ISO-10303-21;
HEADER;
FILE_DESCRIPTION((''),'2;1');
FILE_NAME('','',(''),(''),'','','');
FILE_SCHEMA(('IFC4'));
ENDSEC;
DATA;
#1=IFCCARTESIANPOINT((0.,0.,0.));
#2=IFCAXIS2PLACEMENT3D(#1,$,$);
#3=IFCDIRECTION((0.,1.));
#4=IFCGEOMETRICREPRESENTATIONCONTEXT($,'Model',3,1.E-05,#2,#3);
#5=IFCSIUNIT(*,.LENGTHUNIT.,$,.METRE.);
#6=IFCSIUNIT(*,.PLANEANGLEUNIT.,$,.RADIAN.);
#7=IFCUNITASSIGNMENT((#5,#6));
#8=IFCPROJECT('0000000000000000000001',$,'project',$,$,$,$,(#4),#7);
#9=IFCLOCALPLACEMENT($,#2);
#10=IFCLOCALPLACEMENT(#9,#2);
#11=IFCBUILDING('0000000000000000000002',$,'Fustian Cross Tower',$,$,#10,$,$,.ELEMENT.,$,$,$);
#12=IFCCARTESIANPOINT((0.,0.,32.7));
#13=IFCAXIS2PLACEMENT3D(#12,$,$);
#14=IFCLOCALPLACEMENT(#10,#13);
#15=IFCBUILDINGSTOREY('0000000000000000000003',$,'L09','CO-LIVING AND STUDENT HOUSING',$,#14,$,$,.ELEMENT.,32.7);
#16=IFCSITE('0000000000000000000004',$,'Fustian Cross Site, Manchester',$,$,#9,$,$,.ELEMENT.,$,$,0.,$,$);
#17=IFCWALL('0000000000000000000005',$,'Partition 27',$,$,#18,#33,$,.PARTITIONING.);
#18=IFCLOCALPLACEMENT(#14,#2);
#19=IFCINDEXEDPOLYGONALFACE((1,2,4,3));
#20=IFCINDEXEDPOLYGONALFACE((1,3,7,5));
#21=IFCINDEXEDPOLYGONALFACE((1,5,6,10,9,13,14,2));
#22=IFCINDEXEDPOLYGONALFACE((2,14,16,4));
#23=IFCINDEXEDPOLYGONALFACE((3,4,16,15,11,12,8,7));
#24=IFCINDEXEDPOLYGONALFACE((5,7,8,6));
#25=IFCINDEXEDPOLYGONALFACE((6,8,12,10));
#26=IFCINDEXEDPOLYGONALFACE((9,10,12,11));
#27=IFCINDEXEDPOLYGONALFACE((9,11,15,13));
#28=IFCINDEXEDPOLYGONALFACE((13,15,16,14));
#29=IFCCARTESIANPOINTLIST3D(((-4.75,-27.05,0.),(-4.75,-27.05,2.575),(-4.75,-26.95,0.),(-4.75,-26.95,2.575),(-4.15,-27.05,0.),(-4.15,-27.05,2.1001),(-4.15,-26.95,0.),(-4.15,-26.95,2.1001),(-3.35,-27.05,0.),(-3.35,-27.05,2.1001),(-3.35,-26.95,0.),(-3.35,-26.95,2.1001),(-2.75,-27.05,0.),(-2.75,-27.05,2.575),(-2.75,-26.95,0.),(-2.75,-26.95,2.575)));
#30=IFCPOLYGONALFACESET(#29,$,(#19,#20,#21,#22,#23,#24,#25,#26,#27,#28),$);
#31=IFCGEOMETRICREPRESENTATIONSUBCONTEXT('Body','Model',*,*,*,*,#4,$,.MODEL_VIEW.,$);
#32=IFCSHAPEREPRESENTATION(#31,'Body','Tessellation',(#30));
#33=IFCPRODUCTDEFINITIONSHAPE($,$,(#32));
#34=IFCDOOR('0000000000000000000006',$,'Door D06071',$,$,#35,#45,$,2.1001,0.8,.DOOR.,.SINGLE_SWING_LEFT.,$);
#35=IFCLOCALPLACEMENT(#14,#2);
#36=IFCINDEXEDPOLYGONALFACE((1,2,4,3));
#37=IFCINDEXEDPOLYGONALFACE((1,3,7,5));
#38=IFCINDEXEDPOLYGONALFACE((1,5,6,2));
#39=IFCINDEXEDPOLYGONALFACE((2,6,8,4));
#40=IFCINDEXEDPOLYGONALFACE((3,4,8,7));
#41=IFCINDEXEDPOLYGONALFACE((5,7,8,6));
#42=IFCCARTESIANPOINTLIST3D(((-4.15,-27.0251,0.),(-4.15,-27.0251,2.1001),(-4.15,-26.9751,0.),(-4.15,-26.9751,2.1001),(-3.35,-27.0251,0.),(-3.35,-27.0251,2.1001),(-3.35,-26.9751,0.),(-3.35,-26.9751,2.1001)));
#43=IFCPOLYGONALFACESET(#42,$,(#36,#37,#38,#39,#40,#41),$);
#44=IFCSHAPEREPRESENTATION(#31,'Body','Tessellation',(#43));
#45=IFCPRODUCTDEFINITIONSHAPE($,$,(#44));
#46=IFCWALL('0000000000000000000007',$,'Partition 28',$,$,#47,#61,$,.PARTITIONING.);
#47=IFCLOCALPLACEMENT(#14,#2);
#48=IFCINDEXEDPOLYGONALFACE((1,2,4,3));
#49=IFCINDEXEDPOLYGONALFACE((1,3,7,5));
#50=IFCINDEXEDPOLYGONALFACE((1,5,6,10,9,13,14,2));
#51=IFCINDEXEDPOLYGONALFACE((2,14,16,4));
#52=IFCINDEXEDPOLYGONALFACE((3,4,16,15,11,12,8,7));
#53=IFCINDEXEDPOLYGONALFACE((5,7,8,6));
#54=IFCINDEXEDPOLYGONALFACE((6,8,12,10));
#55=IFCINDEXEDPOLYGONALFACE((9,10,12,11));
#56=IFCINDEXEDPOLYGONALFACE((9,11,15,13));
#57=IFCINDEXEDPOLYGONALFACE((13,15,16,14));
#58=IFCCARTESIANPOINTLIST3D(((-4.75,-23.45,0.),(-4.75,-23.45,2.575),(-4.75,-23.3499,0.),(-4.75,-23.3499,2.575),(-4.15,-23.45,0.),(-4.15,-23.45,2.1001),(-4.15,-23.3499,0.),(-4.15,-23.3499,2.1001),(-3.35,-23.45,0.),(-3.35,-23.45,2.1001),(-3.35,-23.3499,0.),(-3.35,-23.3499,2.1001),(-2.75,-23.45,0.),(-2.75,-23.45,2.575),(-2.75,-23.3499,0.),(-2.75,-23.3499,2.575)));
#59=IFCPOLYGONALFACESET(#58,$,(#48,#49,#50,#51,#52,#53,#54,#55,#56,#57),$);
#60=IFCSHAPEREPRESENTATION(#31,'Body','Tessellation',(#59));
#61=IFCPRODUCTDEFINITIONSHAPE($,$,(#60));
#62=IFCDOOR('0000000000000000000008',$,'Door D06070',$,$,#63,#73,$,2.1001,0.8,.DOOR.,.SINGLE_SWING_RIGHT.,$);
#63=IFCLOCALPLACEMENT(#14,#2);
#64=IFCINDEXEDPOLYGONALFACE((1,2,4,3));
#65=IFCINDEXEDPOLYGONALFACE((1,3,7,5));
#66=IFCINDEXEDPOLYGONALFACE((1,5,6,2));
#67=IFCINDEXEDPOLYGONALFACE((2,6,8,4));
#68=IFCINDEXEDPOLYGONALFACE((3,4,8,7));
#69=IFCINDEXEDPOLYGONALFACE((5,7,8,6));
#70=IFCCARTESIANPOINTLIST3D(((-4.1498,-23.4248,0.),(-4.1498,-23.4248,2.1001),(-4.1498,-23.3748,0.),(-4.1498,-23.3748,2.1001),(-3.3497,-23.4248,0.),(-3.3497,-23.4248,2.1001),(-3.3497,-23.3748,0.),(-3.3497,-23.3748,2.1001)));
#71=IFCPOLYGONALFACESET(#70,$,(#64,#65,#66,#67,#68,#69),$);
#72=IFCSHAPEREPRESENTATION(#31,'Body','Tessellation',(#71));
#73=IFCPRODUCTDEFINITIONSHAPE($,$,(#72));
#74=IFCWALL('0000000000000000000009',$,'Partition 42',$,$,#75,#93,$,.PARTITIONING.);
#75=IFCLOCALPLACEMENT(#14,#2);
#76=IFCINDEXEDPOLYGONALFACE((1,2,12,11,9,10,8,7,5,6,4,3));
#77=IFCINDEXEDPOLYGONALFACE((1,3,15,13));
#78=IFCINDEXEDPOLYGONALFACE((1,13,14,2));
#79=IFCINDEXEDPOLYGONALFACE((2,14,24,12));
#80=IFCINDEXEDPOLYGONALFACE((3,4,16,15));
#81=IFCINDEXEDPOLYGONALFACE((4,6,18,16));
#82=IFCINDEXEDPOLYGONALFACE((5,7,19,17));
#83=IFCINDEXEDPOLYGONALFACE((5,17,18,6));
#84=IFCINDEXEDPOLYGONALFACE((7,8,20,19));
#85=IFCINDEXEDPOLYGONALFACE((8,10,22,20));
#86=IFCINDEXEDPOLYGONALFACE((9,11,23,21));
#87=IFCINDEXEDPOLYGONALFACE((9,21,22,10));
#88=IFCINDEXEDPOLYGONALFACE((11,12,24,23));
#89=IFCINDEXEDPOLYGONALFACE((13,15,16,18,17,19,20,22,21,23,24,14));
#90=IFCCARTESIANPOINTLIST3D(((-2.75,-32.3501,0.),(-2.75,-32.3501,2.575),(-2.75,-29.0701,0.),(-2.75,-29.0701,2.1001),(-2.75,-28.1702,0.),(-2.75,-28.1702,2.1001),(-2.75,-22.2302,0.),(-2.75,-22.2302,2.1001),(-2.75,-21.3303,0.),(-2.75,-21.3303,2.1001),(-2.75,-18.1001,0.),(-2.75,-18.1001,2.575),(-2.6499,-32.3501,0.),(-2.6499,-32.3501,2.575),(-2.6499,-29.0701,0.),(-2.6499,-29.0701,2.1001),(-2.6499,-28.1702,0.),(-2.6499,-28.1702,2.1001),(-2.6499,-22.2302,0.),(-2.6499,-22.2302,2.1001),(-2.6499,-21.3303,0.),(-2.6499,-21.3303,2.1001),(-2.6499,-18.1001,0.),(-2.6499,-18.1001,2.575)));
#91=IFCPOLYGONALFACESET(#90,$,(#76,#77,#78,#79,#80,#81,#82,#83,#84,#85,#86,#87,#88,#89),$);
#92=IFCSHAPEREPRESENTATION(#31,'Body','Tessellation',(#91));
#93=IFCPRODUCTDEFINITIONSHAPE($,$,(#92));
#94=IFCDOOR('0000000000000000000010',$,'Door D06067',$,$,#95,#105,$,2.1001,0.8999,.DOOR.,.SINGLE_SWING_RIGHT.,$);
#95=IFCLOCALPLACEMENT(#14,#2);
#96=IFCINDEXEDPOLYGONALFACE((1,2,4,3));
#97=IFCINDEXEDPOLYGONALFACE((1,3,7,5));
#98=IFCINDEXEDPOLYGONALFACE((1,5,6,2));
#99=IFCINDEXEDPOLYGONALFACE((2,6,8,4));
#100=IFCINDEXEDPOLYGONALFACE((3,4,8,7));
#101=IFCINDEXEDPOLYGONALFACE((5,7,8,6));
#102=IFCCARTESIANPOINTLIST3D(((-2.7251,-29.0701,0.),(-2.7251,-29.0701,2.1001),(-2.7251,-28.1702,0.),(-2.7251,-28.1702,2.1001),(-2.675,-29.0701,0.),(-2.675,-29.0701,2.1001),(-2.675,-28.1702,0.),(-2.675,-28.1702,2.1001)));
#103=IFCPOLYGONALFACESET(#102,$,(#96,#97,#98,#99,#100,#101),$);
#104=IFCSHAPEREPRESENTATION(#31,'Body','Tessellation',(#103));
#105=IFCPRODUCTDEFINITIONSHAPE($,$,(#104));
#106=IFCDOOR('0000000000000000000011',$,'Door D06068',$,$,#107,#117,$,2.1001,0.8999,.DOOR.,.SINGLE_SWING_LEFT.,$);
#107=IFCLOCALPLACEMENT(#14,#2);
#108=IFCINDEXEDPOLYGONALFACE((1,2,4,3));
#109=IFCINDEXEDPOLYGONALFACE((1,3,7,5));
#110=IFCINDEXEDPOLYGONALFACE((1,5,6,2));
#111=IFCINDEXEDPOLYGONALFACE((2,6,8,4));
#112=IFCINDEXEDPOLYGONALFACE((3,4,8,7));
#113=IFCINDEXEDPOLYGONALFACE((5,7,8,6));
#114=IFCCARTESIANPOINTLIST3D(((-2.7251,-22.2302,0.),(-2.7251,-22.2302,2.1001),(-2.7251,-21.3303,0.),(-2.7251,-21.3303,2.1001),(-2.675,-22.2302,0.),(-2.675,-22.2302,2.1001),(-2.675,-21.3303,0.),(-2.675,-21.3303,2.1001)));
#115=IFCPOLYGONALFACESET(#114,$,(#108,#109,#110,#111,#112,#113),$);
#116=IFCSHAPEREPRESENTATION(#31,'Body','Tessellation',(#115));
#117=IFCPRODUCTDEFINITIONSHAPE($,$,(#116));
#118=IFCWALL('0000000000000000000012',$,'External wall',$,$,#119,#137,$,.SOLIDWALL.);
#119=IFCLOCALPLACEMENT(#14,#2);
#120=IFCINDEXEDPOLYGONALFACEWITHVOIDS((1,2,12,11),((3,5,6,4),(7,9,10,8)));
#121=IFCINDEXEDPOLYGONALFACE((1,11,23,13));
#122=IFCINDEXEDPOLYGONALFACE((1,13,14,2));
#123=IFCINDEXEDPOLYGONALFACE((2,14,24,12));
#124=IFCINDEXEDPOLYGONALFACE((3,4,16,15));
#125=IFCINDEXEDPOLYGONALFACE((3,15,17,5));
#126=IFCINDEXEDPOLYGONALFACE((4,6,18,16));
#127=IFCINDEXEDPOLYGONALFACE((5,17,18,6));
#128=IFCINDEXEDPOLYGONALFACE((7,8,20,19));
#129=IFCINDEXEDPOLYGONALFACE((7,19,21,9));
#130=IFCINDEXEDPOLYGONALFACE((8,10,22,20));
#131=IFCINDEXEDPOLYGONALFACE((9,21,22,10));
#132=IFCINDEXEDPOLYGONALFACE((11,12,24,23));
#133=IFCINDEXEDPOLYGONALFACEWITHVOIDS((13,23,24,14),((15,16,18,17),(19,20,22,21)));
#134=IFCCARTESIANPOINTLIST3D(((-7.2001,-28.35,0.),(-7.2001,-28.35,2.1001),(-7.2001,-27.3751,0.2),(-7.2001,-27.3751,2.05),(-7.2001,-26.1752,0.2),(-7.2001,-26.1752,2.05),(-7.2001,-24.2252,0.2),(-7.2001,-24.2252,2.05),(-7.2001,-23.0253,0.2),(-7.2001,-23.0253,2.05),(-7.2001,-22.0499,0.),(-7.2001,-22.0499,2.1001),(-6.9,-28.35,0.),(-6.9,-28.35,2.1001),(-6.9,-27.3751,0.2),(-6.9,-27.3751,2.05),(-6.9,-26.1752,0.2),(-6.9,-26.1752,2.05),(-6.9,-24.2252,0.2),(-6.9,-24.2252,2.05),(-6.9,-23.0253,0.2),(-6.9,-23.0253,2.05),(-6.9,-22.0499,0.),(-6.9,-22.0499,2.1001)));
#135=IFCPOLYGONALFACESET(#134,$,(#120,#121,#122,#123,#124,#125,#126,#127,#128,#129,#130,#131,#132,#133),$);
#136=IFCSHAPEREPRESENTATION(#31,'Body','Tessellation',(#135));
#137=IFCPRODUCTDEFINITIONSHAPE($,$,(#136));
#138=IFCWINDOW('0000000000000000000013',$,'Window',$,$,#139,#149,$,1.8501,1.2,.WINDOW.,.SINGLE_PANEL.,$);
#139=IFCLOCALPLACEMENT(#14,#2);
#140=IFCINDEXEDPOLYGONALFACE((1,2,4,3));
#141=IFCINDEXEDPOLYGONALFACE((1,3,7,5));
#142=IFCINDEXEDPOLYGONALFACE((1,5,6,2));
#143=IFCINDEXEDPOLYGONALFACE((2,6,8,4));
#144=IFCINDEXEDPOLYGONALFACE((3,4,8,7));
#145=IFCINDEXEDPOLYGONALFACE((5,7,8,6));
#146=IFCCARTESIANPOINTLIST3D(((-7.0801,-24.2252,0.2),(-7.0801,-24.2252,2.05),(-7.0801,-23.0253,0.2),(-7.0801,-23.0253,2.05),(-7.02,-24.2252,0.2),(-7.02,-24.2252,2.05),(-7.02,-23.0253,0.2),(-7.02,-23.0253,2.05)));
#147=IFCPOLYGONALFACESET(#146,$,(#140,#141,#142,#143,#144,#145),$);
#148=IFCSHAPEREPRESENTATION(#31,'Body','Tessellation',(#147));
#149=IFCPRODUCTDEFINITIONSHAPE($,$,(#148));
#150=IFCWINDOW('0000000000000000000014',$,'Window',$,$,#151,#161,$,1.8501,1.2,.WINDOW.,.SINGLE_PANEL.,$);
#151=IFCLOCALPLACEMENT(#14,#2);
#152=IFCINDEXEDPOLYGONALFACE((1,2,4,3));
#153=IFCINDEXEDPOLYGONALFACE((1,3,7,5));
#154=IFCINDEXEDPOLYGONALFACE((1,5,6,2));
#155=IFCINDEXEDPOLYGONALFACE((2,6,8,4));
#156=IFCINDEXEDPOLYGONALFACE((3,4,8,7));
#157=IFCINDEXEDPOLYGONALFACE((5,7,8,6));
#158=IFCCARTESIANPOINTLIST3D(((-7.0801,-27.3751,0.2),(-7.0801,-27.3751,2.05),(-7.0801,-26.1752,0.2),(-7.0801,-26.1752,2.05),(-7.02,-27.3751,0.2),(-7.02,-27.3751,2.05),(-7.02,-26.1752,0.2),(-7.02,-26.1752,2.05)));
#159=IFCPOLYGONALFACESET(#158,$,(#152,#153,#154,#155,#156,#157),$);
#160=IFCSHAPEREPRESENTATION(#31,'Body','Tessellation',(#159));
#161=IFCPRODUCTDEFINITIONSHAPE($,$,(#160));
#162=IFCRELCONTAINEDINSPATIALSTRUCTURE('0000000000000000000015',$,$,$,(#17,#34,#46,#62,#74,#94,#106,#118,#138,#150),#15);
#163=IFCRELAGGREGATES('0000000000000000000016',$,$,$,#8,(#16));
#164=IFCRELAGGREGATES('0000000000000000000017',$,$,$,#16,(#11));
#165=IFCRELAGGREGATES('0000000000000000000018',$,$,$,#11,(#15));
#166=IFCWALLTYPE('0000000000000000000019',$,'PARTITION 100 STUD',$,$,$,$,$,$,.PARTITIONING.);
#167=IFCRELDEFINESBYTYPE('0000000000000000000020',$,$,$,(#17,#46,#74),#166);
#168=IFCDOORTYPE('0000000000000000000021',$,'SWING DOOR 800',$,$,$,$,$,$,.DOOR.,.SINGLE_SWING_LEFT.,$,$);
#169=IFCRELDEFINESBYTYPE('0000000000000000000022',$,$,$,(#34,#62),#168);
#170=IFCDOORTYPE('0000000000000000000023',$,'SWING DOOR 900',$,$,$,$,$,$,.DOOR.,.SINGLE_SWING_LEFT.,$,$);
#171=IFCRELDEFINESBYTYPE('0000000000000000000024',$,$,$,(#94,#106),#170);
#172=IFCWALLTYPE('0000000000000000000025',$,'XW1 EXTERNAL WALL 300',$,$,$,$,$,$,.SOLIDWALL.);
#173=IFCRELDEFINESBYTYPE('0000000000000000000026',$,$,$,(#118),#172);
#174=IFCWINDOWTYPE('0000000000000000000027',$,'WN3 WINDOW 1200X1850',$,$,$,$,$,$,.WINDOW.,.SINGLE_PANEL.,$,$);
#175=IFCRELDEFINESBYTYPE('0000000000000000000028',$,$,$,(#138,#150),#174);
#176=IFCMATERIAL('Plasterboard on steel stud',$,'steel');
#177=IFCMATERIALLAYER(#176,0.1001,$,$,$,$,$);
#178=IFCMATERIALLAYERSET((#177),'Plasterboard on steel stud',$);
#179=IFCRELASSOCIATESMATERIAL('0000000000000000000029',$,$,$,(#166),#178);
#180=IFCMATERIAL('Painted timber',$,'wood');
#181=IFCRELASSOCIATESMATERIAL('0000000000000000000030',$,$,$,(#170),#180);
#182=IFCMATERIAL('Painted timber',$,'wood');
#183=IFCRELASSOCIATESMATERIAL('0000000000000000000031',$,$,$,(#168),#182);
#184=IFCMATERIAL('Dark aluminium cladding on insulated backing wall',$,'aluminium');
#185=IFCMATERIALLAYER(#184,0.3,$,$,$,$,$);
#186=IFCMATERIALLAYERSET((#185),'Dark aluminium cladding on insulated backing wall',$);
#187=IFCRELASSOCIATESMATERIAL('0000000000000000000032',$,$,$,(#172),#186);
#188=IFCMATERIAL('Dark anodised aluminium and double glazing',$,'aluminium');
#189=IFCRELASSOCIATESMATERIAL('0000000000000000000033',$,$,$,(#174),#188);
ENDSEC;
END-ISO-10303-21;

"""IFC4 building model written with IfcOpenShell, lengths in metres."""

from ifc_helpers import new_model, si_unit, direction, frame, frame_2d, origin, place, context, subcontext, project, spatial, rectangle, extrude, material, layer, layer_set, type_object, element, fill, save


model = new_model("IFC4")

# Units and contexts
model_context = context("Model", 3, precision=1e-05, world=origin(), true_north=direction((0.0, 1.0)))
body_context = subcontext(model_context, "Body", "Model", "MODEL_VIEW")
ifc_project = project(units=[si_unit("LENGTHUNIT", "METRE"), si_unit("PLANEANGLEUNIT", "RADIAN")], contexts=[model_context])

# Site, building, storey
site_placement = place(None, origin())
site = spatial("IfcSite", under=ifc_project, at=site_placement, Name="Fustian Cross Site, Manchester", CompositionType="ELEMENT", RefElevation=0.0)
building_placement = place(site_placement, origin())
building = spatial("IfcBuilding", under=site, at=building_placement, Name="Fustian Cross Tower", CompositionType="ELEMENT")
storey_placement = place(building_placement, frame((0.0, 0.0, 32.7)))
storey = spatial("IfcBuildingStorey", under=building, at=storey_placement, Name="L09", Description="CO-LIVING AND STUDENT HOUSING", CompositionType="ELEMENT", Elevation=32.7)

# Shared definitions
ifc_material_1 = material(Name="Plasterboard on steel stud", Category="steel")
ifc_layer_1 = layer(ifc_material_1, 0.1001)
ifc_layer_set_1 = layer_set([ifc_layer_1], Name="Plasterboard on steel stud")
wall_type_1 = type_object("IfcWallType", Name="PARTITION 100 STUD", PredefinedType="PARTITIONING", material=ifc_layer_set_1)

# Shared definitions
ifc_material_2 = material(Name="Painted timber", Category="wood")
door_type_1 = type_object("IfcDoorType", Name="SWING DOOR 900", OperationType="SINGLE_SWING_LEFT", PredefinedType="DOOR", material=ifc_material_2)

# Shared definitions
ifc_material_3 = material(Name="Painted timber", Category="wood")
door_type_2 = type_object("IfcDoorType", Name="SWING DOOR 800", OperationType="SINGLE_SWING_LEFT", PredefinedType="DOOR", material=ifc_material_3)

# Walls, openings, doors
wall_1_placement = place(storey_placement, frame((-4.75, -27.0, 0.0), z_axis=(0.0, 0.0, 1.0), x_axis=(1.0, 0.0, 0.0)))
wall_1 = element("IfcWall", 1, at=wall_1_placement, inside=storey, type_object=wall_type_1, Name="Partition 27", PredefinedType="PARTITIONING", context=body_context, shape_type="SweptSolid", body=[
    extrude(rectangle(XDim=2.0, YDim=0.1001, at=frame_2d((1.0, 0.0))), origin(), (0.0, 0.0, 1.0), 2.575),
])
opening_1_placement = place(wall_1_placement, frame((0.6001, 0.0, 0.0)))
opening_1 = element("IfcOpeningElement", 2, at=opening_1_placement, cuts=wall_1, PredefinedType="OPENING", context=body_context, shape_type="SweptSolid", body=[
    extrude(rectangle(XDim=0.8, YDim=2.1001, at=frame_2d((0.3999, 1.05))), frame((0.0, 0.0601, 0.0), z_axis=(0.0, -1.0, 0.0), x_axis=(1.0, 0.0, 0.0)), (0.0, 0.0, 1.0), 0.1201),
])
door_1_placement = place(opening_1_placement, origin())
door_1 = element("IfcDoor", 3, at=door_1_placement, inside=storey, type_object=door_type_2, Name="Door D06071", OperationType="SINGLE_SWING_LEFT", OverallHeight=2.1001, OverallWidth=0.8, PredefinedType="DOOR", context=body_context, shape_type="SweptSolid", body=[
    extrude(rectangle(XDim=0.8, YDim=2.1001, at=frame_2d((0.3999, 1.05))), frame((0.0, 0.0249, 0.0), z_axis=(0.0, -1.0, 0.0), x_axis=(1.0, 0.0, 0.0)), (0.0, 0.0, 1.0), 0.05),
])
fill(opening_1, door_1)
wall_2_placement = place(storey_placement, frame((-4.75, -23.3999, 0.0), z_axis=(0.0, 0.0, 1.0), x_axis=(1.0, 0.0, 0.0)))
wall_2 = element("IfcWall", 4, at=wall_2_placement, inside=storey, type_object=wall_type_1, Name="Partition 28", PredefinedType="PARTITIONING", context=body_context, shape_type="SweptSolid", body=[
    extrude(rectangle(XDim=2.0, YDim=0.1001, at=frame_2d((1.0, 0.0))), origin(), (0.0, 0.0, 1.0), 2.575),
])
opening_2_placement = place(wall_2_placement, frame((0.6001, 0.0, 0.0)))
opening_2 = element("IfcOpeningElement", 5, at=opening_2_placement, cuts=wall_2, PredefinedType="OPENING", context=body_context, shape_type="SweptSolid", body=[
    extrude(rectangle(XDim=0.8, YDim=2.1001, at=frame_2d((0.3999, 1.05))), frame((0.0, 0.0601, 0.0), z_axis=(0.0, -1.0, 0.0), x_axis=(1.0, 0.0, 0.0)), (0.0, 0.0, 1.0), 0.1201),
])
door_2_placement = place(opening_2_placement, frame((0.8, 0.0, 0.0), z_axis=(0.0, 0.0, 1.0), x_axis=(-1.0, 0.0, 0.0)))
door_2 = element("IfcDoor", 6, at=door_2_placement, inside=storey, type_object=door_type_2, Name="Door D06070", OperationType="SINGLE_SWING_RIGHT", OverallHeight=2.1001, OverallWidth=0.8, PredefinedType="DOOR", context=body_context, shape_type="SweptSolid", body=[
    extrude(rectangle(XDim=0.8, YDim=2.1001, at=frame_2d((0.3999, 1.05))), frame((0.0, 0.0249, 0.0), z_axis=(0.0, -1.0, 0.0), x_axis=(1.0, 0.0, 0.0)), (0.0, 0.0, 1.0), 0.05),
])
fill(opening_2, door_2)

# Wall, openings, doors
wall_3_placement = place(storey_placement, frame((-2.7, -32.3501, 0.0), z_axis=(0.0, 0.0, 1.0), x_axis=(0.0, 1.0, 0.0)))
wall_3 = element("IfcWall", 7, at=wall_3_placement, inside=storey, type_object=wall_type_1, Name="Partition 42", PredefinedType="PARTITIONING", context=body_context, shape_type="SweptSolid", body=[
    extrude(rectangle(XDim=14.25, YDim=0.1001, at=frame_2d((7.125, 0.0))), origin(), (0.0, 0.0, 1.0), 2.575),
])
opening_3_placement = place(wall_3_placement, frame((3.28, 0.0, 0.0)))
opening_3 = element("IfcOpeningElement", 8, at=opening_3_placement, cuts=wall_3, PredefinedType="OPENING", context=body_context, shape_type="SweptSolid", body=[
    extrude(rectangle(XDim=0.8999, YDim=2.1001, at=frame_2d((0.45, 1.05))), frame((0.0, 0.0601, 0.0), z_axis=(0.0, -1.0, 0.0), x_axis=(1.0, 0.0, 0.0)), (0.0, 0.0, 1.0), 0.1201),
])
opening_4_placement = place(wall_3_placement, frame((10.1199, 0.0, 0.0)))
opening_4 = element("IfcOpeningElement", 9, at=opening_4_placement, cuts=wall_3, PredefinedType="OPENING", context=body_context, shape_type="SweptSolid", body=[
    extrude(rectangle(XDim=0.8999, YDim=2.1001, at=frame_2d((0.45, 1.05))), frame((0.0, 0.0601, 0.0), z_axis=(0.0, -1.0, 0.0), x_axis=(1.0, 0.0, 0.0)), (0.0, 0.0, 1.0), 0.1201),
])
door_3_placement = place(opening_3_placement, frame((0.8999, 0.0, 0.0), z_axis=(0.0, 0.0, 1.0), x_axis=(-1.0, 0.0, 0.0)))
door_3 = element("IfcDoor", 10, at=door_3_placement, inside=storey, type_object=door_type_1, Name="Door D06067", OperationType="SINGLE_SWING_RIGHT", OverallHeight=2.1001, OverallWidth=0.8999, PredefinedType="DOOR", context=body_context, shape_type="SweptSolid", body=[
    extrude(rectangle(XDim=0.8999, YDim=2.1001, at=frame_2d((0.45, 1.05))), frame((0.0, 0.0249, 0.0), z_axis=(0.0, -1.0, 0.0), x_axis=(1.0, 0.0, 0.0)), (0.0, 0.0, 1.0), 0.05),
])
fill(opening_3, door_3)
door_4_placement = place(opening_4_placement, frame((0.8999, 0.0, 0.0), z_axis=(0.0, 0.0, 1.0), x_axis=(-1.0, 0.0, 0.0)))
door_4 = element("IfcDoor", 11, at=door_4_placement, inside=storey, type_object=door_type_1, Name="Door D06068", OperationType="SINGLE_SWING_LEFT", OverallHeight=2.1001, OverallWidth=0.8999, PredefinedType="DOOR", context=body_context, shape_type="SweptSolid", body=[
    extrude(rectangle(XDim=0.8999, YDim=2.1001, at=frame_2d((0.45, 1.05))), frame((0.0, 0.0249, 0.0), z_axis=(0.0, -1.0, 0.0), x_axis=(1.0, 0.0, 0.0)), (0.0, 0.0, 1.0), 0.05),
])
fill(opening_4, door_4)

# Wall, openings, windows
ifc_material_4 = material(Name="Dark aluminium cladding on insulated backing wall", Category="aluminium")
ifc_layer_2 = layer(ifc_material_4, 0.3)
ifc_layer_set_2 = layer_set([ifc_layer_2], Name="Dark aluminium cladding on insulated backing wall")
wall_type_2 = type_object("IfcWallType", Name="XW1 EXTERNAL WALL 300", PredefinedType="SOLIDWALL", material=ifc_layer_set_2)
wall_4_placement = place(storey_placement, frame((-7.05, -22.05, 0.0), z_axis=(0.0, 0.0, 1.0), x_axis=(0.0, -1.0, 0.0)))
wall_4 = element("IfcWall", 12, at=wall_4_placement, inside=storey, type_object=wall_type_2, Name="External wall", PredefinedType="SOLIDWALL", context=body_context, shape_type="SweptSolid", body=[
    extrude(rectangle(XDim=6.3, YDim=0.3, at=frame_2d((3.1499, 0.0))), origin(), (0.0, 0.0, 1.0), 2.1001),
])
opening_5_placement = place(wall_4_placement, frame((0.9751, 0.0, 0.2)))
opening_5 = element("IfcOpeningElement", 13, at=opening_5_placement, cuts=wall_4, PredefinedType="OPENING", context=body_context, shape_type="SweptSolid", body=[
    extrude(rectangle(XDim=1.2, YDim=1.8501, at=frame_2d((0.6001, 0.925))), frame((0.0, 0.1599, 0.0), z_axis=(0.0, -1.0, 0.0), x_axis=(1.0, 0.0, 0.0)), (0.0, 0.0, 1.0), 0.3201),
])
opening_6_placement = place(wall_4_placement, frame((4.125, 0.0, 0.2)))
opening_6 = element("IfcOpeningElement", 14, at=opening_6_placement, cuts=wall_4, PredefinedType="OPENING", context=body_context, shape_type="SweptSolid", body=[
    extrude(rectangle(XDim=1.2, YDim=1.8501, at=frame_2d((0.6001, 0.925))), frame((0.0, 0.1599, 0.0), z_axis=(0.0, -1.0, 0.0), x_axis=(1.0, 0.0, 0.0)), (0.0, 0.0, 1.0), 0.3201),
])
ifc_material_5 = material(Name="Dark anodised aluminium and double glazing", Category="aluminium")
window_type_1 = type_object("IfcWindowType", Name="WN3 WINDOW 1200X1850", PartitioningType="SINGLE_PANEL", PredefinedType="WINDOW", material=ifc_material_5)
window_1_placement = place(opening_5_placement, origin())
window_1 = element("IfcWindow", 15, at=window_1_placement, inside=storey, type_object=window_type_1, Name="Window", OverallHeight=1.8501, OverallWidth=1.2, PartitioningType="SINGLE_PANEL", PredefinedType="WINDOW", context=body_context, shape_type="SweptSolid", body=[
    extrude(rectangle(XDim=1.2, YDim=1.8501, at=frame_2d((0.6001, 0.925))), frame((0.0, 0.03, 0.0), z_axis=(0.0, -1.0, 0.0), x_axis=(1.0, 0.0, 0.0)), (0.0, 0.0, 1.0), 0.0601),
])
fill(opening_5, window_1)
window_2_placement = place(opening_6_placement, origin())
window_2 = element("IfcWindow", 16, at=window_2_placement, inside=storey, type_object=window_type_1, Name="Window", OverallHeight=1.8501, OverallWidth=1.2, PartitioningType="SINGLE_PANEL", PredefinedType="WINDOW", context=body_context, shape_type="SweptSolid", body=[
    extrude(rectangle(XDim=1.2, YDim=1.8501, at=frame_2d((0.6001, 0.925))), frame((0.0, 0.03, 0.0), z_axis=(0.0, -1.0, 0.0), x_axis=(1.0, 0.0, 0.0)), (0.0, 0.0, 1.0), 0.0601),
])
fill(opening_6, window_2)

save(model, "model.ifc")
